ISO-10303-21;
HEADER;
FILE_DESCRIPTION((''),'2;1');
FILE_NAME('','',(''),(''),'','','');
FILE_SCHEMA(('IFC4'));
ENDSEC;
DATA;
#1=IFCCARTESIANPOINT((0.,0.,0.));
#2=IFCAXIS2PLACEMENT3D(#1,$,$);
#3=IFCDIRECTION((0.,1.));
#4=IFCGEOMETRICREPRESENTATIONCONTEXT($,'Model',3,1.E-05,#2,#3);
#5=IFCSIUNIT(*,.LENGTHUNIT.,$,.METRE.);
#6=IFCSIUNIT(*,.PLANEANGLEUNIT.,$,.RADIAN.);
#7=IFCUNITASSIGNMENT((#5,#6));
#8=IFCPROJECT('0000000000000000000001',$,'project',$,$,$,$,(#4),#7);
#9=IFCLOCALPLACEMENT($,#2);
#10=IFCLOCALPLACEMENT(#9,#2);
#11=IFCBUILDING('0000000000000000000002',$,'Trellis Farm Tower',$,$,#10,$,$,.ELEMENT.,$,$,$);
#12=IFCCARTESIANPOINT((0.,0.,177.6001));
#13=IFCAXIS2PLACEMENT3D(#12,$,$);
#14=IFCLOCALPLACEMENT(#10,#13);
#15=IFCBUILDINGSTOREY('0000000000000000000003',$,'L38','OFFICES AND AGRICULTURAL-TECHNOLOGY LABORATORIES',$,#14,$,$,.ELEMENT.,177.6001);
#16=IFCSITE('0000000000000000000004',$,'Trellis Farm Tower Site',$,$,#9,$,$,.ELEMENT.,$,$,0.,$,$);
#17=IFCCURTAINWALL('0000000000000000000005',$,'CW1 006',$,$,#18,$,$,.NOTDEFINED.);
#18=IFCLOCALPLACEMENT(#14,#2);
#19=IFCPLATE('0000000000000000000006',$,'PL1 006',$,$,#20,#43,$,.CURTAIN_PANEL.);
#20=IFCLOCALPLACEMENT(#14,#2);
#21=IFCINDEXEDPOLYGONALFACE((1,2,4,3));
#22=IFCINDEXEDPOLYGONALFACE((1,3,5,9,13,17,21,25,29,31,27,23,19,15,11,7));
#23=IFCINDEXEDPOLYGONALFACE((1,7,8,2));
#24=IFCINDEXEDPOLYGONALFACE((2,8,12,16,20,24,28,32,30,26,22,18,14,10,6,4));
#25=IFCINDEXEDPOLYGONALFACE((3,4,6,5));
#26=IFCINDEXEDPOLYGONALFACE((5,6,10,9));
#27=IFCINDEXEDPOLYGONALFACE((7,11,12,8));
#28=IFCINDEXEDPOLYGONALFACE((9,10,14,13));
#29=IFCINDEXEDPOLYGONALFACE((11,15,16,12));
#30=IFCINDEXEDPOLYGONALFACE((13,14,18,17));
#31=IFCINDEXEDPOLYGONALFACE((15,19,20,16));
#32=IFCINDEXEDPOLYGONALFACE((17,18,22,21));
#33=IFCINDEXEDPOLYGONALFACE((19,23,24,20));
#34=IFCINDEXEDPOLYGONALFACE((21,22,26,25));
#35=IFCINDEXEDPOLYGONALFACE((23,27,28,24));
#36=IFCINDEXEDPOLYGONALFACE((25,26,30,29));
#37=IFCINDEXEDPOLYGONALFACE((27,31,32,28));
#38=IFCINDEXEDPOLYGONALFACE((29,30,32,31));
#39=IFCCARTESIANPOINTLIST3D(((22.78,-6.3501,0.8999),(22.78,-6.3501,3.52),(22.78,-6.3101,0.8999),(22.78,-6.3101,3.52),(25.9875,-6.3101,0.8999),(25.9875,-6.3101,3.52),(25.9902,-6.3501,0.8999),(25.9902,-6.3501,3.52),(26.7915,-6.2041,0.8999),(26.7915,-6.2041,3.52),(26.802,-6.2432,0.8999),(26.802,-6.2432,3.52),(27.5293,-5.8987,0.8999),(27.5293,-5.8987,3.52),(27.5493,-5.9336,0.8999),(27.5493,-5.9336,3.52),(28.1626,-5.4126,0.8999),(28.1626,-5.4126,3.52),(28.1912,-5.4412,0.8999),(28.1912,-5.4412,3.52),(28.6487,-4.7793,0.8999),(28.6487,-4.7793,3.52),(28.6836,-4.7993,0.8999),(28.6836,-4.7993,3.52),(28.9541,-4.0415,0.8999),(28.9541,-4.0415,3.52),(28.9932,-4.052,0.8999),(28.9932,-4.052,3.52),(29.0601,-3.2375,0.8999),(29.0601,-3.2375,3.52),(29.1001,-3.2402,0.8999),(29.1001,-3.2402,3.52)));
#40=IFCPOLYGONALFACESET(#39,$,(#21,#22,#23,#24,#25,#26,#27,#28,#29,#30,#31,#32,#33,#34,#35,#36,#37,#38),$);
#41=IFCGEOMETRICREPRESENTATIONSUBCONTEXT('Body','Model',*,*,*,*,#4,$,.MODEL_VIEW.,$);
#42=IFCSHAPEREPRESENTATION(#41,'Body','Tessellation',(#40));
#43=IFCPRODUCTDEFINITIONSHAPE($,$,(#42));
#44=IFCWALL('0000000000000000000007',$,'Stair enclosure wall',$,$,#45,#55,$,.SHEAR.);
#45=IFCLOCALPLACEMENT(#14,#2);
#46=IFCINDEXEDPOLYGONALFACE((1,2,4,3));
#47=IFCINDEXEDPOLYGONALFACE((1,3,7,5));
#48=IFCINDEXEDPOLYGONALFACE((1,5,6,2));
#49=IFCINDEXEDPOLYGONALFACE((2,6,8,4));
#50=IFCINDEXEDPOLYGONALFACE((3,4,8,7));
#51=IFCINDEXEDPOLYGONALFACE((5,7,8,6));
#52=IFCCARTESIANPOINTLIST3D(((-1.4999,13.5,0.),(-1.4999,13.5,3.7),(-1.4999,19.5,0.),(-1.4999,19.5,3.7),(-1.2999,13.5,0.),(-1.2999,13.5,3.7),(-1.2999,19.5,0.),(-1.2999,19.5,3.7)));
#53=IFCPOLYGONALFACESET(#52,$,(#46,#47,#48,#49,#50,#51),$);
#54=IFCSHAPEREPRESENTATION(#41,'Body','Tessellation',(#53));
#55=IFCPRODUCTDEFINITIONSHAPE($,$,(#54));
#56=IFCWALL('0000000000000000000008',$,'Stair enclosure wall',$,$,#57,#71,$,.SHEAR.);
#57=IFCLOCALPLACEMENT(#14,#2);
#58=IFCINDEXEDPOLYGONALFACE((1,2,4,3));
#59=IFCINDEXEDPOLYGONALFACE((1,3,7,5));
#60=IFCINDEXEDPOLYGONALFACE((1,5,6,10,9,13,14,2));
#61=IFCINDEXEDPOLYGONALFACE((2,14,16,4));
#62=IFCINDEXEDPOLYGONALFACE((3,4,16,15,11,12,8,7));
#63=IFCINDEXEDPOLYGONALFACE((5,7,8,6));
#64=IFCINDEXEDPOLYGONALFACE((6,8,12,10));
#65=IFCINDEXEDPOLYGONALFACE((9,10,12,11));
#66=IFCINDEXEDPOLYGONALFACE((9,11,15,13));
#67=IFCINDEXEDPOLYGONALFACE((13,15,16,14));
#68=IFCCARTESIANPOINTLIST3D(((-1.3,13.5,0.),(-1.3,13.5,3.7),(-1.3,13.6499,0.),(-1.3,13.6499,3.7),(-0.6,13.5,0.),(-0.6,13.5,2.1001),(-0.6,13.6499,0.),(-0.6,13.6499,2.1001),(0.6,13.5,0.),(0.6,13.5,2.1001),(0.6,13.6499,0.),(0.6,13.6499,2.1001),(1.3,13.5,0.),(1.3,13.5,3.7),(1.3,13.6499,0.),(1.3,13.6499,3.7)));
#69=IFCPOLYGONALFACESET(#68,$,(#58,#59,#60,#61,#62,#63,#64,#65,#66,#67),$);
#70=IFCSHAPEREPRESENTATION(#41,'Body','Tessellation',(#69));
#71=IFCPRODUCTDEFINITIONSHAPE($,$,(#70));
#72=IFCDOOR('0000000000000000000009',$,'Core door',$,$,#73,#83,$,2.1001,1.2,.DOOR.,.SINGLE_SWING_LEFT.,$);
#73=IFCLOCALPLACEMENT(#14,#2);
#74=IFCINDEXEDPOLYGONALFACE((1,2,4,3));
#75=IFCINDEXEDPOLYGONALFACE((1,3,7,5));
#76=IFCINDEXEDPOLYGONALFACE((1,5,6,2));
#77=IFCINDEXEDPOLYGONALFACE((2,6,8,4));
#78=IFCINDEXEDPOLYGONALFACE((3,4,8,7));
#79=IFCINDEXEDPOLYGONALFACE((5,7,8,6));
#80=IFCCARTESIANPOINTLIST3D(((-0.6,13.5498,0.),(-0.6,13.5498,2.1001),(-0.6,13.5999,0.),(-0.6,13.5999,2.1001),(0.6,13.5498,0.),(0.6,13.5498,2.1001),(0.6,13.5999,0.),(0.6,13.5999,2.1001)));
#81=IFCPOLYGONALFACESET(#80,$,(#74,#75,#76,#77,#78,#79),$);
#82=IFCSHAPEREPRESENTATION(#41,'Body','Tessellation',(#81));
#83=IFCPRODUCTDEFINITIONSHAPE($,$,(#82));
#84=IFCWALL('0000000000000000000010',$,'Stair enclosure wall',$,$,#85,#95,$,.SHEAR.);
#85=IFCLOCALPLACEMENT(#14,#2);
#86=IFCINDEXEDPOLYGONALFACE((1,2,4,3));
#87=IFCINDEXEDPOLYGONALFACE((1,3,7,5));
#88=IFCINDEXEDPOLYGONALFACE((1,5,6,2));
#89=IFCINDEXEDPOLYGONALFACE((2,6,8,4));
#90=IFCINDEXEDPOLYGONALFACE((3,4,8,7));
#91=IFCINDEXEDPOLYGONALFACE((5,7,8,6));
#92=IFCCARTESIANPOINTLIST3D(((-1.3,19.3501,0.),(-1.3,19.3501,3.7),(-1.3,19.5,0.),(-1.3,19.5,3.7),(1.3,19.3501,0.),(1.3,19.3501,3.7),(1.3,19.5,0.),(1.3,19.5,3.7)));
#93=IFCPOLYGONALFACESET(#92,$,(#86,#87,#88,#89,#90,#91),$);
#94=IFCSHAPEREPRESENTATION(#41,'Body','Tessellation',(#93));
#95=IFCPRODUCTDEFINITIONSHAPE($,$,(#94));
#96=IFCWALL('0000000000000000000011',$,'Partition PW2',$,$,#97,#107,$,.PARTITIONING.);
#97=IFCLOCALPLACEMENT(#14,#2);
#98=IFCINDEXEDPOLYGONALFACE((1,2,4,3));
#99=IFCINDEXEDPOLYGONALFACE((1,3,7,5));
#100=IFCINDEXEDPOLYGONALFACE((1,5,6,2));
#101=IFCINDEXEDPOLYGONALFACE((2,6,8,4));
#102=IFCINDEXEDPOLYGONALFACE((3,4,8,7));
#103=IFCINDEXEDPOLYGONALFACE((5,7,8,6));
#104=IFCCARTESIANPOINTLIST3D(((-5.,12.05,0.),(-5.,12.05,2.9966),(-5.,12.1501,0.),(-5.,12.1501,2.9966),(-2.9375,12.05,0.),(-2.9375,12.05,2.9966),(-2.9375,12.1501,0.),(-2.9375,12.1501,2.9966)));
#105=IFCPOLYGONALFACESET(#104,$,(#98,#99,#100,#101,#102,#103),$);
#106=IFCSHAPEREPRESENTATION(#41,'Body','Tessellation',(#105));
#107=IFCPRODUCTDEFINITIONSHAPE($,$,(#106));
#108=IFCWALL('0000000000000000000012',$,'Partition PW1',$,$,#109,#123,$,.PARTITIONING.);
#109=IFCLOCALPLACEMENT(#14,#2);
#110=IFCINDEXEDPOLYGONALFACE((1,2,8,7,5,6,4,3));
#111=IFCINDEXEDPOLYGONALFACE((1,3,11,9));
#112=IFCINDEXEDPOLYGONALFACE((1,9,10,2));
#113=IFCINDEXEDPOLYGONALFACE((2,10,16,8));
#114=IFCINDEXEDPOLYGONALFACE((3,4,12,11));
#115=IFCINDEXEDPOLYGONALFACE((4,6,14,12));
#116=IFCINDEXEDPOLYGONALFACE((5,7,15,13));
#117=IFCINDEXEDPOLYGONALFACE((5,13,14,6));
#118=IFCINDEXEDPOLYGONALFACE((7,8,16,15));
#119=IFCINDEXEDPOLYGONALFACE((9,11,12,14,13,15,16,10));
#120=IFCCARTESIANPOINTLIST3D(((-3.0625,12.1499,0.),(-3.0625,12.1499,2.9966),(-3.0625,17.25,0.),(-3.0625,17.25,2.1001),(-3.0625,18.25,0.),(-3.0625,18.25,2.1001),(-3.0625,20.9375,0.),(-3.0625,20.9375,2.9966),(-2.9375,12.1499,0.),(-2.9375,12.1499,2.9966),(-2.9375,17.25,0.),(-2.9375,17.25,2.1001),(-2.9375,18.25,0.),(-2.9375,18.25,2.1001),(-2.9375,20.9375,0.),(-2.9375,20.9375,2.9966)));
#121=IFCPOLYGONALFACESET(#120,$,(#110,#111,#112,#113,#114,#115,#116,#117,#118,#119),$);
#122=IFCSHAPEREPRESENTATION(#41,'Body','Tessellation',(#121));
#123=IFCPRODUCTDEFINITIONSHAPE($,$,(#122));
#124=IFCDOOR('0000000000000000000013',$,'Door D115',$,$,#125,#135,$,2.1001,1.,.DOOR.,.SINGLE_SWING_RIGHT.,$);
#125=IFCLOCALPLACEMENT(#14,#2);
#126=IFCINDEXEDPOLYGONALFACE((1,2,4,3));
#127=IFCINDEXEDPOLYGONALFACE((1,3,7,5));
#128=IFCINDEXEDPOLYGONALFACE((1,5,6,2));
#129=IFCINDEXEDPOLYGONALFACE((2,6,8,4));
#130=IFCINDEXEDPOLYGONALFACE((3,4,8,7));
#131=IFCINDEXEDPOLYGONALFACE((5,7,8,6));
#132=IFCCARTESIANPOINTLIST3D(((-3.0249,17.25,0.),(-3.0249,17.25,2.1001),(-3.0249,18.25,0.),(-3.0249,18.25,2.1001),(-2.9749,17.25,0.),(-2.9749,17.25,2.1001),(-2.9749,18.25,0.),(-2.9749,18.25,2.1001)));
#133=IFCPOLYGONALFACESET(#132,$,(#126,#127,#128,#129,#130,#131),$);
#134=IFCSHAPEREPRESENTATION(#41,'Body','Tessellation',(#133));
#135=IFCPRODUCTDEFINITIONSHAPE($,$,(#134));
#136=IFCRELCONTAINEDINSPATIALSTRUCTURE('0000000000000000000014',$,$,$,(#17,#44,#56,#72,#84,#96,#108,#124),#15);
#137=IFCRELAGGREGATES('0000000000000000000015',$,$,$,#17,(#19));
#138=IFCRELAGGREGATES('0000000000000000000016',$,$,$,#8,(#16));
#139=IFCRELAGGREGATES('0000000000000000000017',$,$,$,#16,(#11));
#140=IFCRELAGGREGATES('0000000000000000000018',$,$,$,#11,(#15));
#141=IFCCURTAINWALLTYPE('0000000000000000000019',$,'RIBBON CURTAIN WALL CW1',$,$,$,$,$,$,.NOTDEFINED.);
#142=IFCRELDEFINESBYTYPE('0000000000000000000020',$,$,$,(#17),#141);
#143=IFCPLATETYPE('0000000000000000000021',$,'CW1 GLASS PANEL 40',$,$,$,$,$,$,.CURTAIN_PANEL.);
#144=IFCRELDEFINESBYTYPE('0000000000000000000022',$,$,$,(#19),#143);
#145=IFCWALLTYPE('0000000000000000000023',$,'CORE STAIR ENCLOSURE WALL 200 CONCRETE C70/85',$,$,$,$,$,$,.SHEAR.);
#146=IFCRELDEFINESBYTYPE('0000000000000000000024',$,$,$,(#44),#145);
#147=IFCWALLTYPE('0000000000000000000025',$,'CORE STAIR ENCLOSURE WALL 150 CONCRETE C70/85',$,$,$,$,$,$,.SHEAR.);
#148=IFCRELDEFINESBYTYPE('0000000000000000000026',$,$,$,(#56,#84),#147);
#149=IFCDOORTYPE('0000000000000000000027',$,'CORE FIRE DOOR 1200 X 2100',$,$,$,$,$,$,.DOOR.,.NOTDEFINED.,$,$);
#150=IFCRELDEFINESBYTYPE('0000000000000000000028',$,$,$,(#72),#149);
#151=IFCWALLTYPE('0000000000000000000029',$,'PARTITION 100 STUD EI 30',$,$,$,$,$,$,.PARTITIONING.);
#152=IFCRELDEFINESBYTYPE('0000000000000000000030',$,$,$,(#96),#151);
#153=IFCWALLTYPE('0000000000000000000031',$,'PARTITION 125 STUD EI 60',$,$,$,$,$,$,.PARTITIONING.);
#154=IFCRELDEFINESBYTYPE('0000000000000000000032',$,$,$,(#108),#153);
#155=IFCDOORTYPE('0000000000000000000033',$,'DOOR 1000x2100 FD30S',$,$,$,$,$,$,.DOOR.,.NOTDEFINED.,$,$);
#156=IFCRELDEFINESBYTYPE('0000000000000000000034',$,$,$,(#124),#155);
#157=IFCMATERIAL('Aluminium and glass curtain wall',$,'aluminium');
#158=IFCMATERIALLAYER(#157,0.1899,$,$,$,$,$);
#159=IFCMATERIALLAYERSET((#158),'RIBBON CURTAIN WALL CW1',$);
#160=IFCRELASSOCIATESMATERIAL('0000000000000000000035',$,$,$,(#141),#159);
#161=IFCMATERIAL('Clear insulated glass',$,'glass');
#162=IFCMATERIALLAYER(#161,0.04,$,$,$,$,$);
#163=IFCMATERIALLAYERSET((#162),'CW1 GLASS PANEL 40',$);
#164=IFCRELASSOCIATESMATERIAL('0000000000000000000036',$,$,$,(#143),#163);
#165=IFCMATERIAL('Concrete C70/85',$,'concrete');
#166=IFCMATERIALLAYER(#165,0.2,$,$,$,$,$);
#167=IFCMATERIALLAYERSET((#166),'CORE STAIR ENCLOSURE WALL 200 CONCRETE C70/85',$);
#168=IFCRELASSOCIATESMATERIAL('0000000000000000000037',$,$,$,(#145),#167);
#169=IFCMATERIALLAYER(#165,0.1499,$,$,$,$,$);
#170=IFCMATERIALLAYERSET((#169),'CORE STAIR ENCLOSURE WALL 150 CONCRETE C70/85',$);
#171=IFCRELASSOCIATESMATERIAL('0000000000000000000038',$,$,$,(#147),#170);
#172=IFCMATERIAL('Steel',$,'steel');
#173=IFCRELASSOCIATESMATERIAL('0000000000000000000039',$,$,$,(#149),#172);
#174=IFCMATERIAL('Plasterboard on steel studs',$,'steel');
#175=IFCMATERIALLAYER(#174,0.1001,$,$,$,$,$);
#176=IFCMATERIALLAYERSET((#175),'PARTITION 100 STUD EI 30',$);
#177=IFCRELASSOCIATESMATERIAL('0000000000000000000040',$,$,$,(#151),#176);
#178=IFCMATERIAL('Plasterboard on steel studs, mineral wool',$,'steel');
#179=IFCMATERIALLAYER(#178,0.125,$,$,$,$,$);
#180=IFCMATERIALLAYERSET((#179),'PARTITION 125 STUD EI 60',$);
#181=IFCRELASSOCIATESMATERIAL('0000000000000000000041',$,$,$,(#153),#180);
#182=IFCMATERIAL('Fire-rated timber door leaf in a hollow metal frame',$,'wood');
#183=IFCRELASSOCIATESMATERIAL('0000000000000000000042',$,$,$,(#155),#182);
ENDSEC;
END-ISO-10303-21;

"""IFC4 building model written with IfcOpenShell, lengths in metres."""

from ifc_helpers import new_model, si_unit, direction, frame, frame_2d, origin, place, context, subcontext, project, spatial, polyline, rectangle, outline, extrude, source, transform, mapped, material, layer, layer_set, type_object, element, fill, aggregate, save


model = new_model("IFC4")

# Units and contexts
model_context = context("Model", 3, precision=1e-05, world=origin(), true_north=direction((0.0, 1.0)))
body_context = subcontext(model_context, "Body", "Model", "MODEL_VIEW")
ifc_project = project(units=[si_unit("LENGTHUNIT", "METRE"), si_unit("PLANEANGLEUNIT", "RADIAN")], contexts=[model_context])

# Site, building, storey
site_placement = place(None, origin())
site = spatial("IfcSite", under=ifc_project, at=site_placement, Name="Trellis Farm Tower Site", CompositionType="ELEMENT", RefElevation=0.0)
building_placement = place(site_placement, origin())
building = spatial("IfcBuilding", under=site, at=building_placement, Name="Trellis Farm Tower", CompositionType="ELEMENT")
storey_placement = place(building_placement, frame((0.0, 0.0, 177.6001)))
storey = spatial("IfcBuildingStorey", under=building, at=storey_placement, Name="L38", Description="OFFICES AND AGRICULTURAL-TECHNOLOGY LABORATORIES", CompositionType="ELEMENT", Elevation=177.6001)

# Shared definitions
ifc_material_1 = material(Name="Concrete C70/85", Category="concrete")

# Curtain wall, plate
ifc_material_2 = material(Name="Aluminium and glass curtain wall", Category="aluminium")
ifc_layer_1 = layer(ifc_material_2, 0.1899)
ifc_layer_set_1 = layer_set([ifc_layer_1], Name="RIBBON CURTAIN WALL CW1")
curtain_wall_type = type_object("IfcCurtainWallType", Name="RIBBON CURTAIN WALL CW1", PredefinedType="NOTDEFINED", material=ifc_layer_set_1)
placement = place(storey_placement, origin())
curtain_wall = element("IfcCurtainWall", 1, at=placement, inside=storey, type_object=curtain_wall_type, Name="CW1 006", PredefinedType="NOTDEFINED")
ifc_material_3 = material(Name="Clear insulated glass", Category="glass")
ifc_layer_2 = layer(ifc_material_3, 0.04)
ifc_layer_set_2 = layer_set([ifc_layer_2], Name="CW1 GLASS PANEL 40")
plate_type = type_object("IfcPlateType", Name="CW1 GLASS PANEL 40", PredefinedType="CURTAIN_PANEL", material=ifc_layer_set_2)
shared_shape_1 = source(origin(), body_context, "Body", "SweptSolid", [
    extrude(outline(polyline([(22.78, -6.3501), (25.9902, -6.3501), (26.802, -6.2432), (27.5493, -5.9336), (28.1912, -5.4412), (28.6836, -4.7993), (28.9932, -4.052), (29.1001, -3.2402), (29.0601, -3.2375), (28.9541, -4.0415), (28.6487, -4.7793), (28.1626, -5.4126), (27.5293, -5.8987), (26.7915, -6.2041), (25.9875, -6.3101), (22.78, -6.3101), (22.78, -6.3501)])), origin(), (0.0, 0.0, 1.0), 2.6201),
])
plate_placement = place(storey_placement, frame((0.0, 0.0, 0.8999)))
plate = element("IfcPlate", 2, at=plate_placement, type_object=plate_type, Name="PL1 006", PredefinedType="CURTAIN_PANEL", context=body_context, shape_type="MappedRepresentation", body=[
    mapped(shared_shape_1, transform((0.0, 0.0, 0.0))),
])
aggregate(curtain_wall, [plate])

# Wall
ifc_layer_3 = layer(ifc_material_1, 0.2)
ifc_layer_set_3 = layer_set([ifc_layer_3], Name="CORE STAIR ENCLOSURE WALL 200 CONCRETE C70/85")
wall_type_1 = type_object("IfcWallType", Name="CORE STAIR ENCLOSURE WALL 200 CONCRETE C70/85", PredefinedType="SHEAR", material=ifc_layer_set_3)
shared_shape_2 = source(origin(), body_context, "Body", "SweptSolid", [
    extrude(rectangle(XDim=6.0, YDim=0.2, at=frame_2d((3.0, 0.0))), origin(), (0.0, 0.0, 1.0), 3.7),
])
wall_1_placement = place(storey_placement, frame((-1.3999, 13.5, 0.0), z_axis=(0.0, 0.0, 1.0), x_axis=(0.0, 1.0, 0.0)))
element("IfcWall", 3, at=wall_1_placement, inside=storey, type_object=wall_type_1, Name="Stair enclosure wall", PredefinedType="SHEAR", context=body_context, shape_type="MappedRepresentation", body=[
    mapped(shared_shape_2, transform((0.0, 0.0, 0.0))),
])

# Wall, opening, door
ifc_layer_4 = layer(ifc_material_1, 0.1499)
ifc_layer_set_4 = layer_set([ifc_layer_4], Name="CORE STAIR ENCLOSURE WALL 150 CONCRETE C70/85")
wall_type_2 = type_object("IfcWallType", Name="CORE STAIR ENCLOSURE WALL 150 CONCRETE C70/85", PredefinedType="SHEAR", material=ifc_layer_set_4)
shared_shape_3 = source(origin(), body_context, "Body", "SweptSolid", [
    extrude(rectangle(XDim=2.6001, YDim=0.1499, at=frame_2d((1.3, 0.0))), origin(), (0.0, 0.0, 1.0), 3.7),
])
wall_2_placement = place(storey_placement, frame((-1.3, 13.575, 0.0), z_axis=(0.0, 0.0, 1.0), x_axis=(1.0, 0.0, 0.0)))
wall_2 = element("IfcWall", 4, at=wall_2_placement, inside=storey, type_object=wall_type_2, Name="Stair enclosure wall", PredefinedType="SHEAR", context=body_context, shape_type="MappedRepresentation", body=[
    mapped(shared_shape_3, transform((0.0, 0.0, 0.0))),
])
shared_shape_4 = source(origin(), body_context, "Body", "SweptSolid", [
    extrude(rectangle(XDim=1.2, YDim=2.1001, at=frame_2d((0.6001, 1.05))), frame((0.0, 0.085, 0.0), z_axis=(0.0, -1.0, 0.0), x_axis=(1.0, 0.0, 0.0)), (0.0, 0.0, 1.0), 0.1699),
])
opening_1_placement = place(wall_2_placement, frame((0.7, 0.0, 0.0)))
opening_1 = element("IfcOpeningElement", 5, at=opening_1_placement, cuts=wall_2, PredefinedType="OPENING", context=body_context, shape_type="MappedRepresentation", body=[
    mapped(shared_shape_4, transform((0.0, 0.0, 0.0))),
])
ifc_material_4 = material(Name="Steel", Category="steel")
door_type_1 = type_object("IfcDoorType", Name="CORE FIRE DOOR 1200 X 2100", OperationType="NOTDEFINED", PredefinedType="DOOR", material=ifc_material_4)
shared_shape_5 = source(origin(), body_context, "Body", "SweptSolid", [
    extrude(rectangle(XDim=1.2, YDim=2.1001, at=frame_2d((0.6001, 1.05))), frame((0.0, 0.0249, 0.0), z_axis=(0.0, -1.0, 0.0), x_axis=(1.0, 0.0, 0.0)), (0.0, 0.0, 1.0), 0.05),
])
door_1_placement = place(opening_1_placement, origin())
door_1 = element("IfcDoor", 6, at=door_1_placement, inside=storey, type_object=door_type_1, Name="Core door", OperationType="SINGLE_SWING_LEFT", OverallHeight=2.1001, OverallWidth=1.2, PredefinedType="DOOR", context=body_context, shape_type="MappedRepresentation", body=[
    mapped(shared_shape_5, transform((0.0, 0.0, 0.0))),
])
fill(opening_1, door_1)

# Walls
wall_3_placement = place(storey_placement, frame((-1.3, 19.425, 0.0), z_axis=(0.0, 0.0, 1.0), x_axis=(1.0, 0.0, 0.0)))
element("IfcWall", 7, at=wall_3_placement, inside=storey, type_object=wall_type_2, Name="Stair enclosure wall", PredefinedType="SHEAR", context=body_context, shape_type="MappedRepresentation", body=[
    mapped(shared_shape_3, transform((0.0, 0.0, 0.0))),
])
ifc_material_5 = material(Name="Plasterboard on steel studs", Category="steel")
ifc_layer_5 = layer(ifc_material_5, 0.1001)
ifc_layer_set_5 = layer_set([ifc_layer_5], Name="PARTITION 100 STUD EI 30")
wall_type_3 = type_object("IfcWallType", Name="PARTITION 100 STUD EI 30", PredefinedType="PARTITIONING", material=ifc_layer_set_5)
shared_shape_6 = source(origin(), body_context, "Body", "SweptSolid", [
    extrude(rectangle(XDim=2.0625, YDim=0.1001, at=frame_2d((1.0312, 0.0))), origin(), (0.0, 0.0, 1.0), 2.9966),
])
wall_4_placement = place(storey_placement, frame((-5.0, 12.1001, 0.0), z_axis=(0.0, 0.0, 1.0), x_axis=(1.0, 0.0, 0.0)))
element("IfcWall", 8, at=wall_4_placement, inside=storey, type_object=wall_type_3, Name="Partition PW2", PredefinedType="PARTITIONING", context=body_context, shape_type="MappedRepresentation", body=[
    mapped(shared_shape_6, transform((0.0, 0.0, 0.0))),
])

# Wall, opening, door
ifc_material_6 = material(Name="Plasterboard on steel studs, mineral wool", Category="steel")
ifc_layer_6 = layer(ifc_material_6, 0.125)
ifc_layer_set_6 = layer_set([ifc_layer_6], Name="PARTITION 125 STUD EI 60")
wall_type_4 = type_object("IfcWallType", Name="PARTITION 125 STUD EI 60", PredefinedType="PARTITIONING", material=ifc_layer_set_6)
shared_shape_7 = source(origin(), body_context, "Body", "SweptSolid", [
    extrude(rectangle(XDim=8.7876, YDim=0.125, at=frame_2d((4.3938, 0.0))), origin(), (0.0, 0.0, 1.0), 2.9966),
])
wall_5_placement = place(storey_placement, frame((-3.0, 12.1499, 0.0), z_axis=(0.0, 0.0, 1.0), x_axis=(0.0, 1.0, 0.0)))
wall_5 = element("IfcWall", 9, at=wall_5_placement, inside=storey, type_object=wall_type_4, Name="Partition PW1", PredefinedType="PARTITIONING", context=body_context, shape_type="MappedRepresentation", body=[
    mapped(shared_shape_7, transform((0.0, 0.0, 0.0))),
])
shared_shape_8 = source(origin(), body_context, "Body", "SweptSolid", [
    extrude(rectangle(XDim=1.0, YDim=2.1001, at=frame_2d((0.5, 1.05))), frame((0.0, 0.0725, 0.0), z_axis=(0.0, -1.0, 0.0), x_axis=(1.0, 0.0, 0.0)), (0.0, 0.0, 1.0), 0.145),
])
opening_2_placement = place(wall_5_placement, frame((5.1001, 0.0, 0.0)))
opening_2 = element("IfcOpeningElement", 10, at=opening_2_placement, cuts=wall_5, PredefinedType="OPENING", context=body_context, shape_type="MappedRepresentation", body=[
    mapped(shared_shape_8, transform((0.0, 0.0, 0.0))),
])
ifc_material_7 = material(Name="Fire-rated timber door leaf in a hollow metal frame", Category="wood")
door_type_2 = type_object("IfcDoorType", Name="DOOR 1000x2100 FD30S", OperationType="NOTDEFINED", PredefinedType="DOOR", material=ifc_material_7)
shared_shape_9 = source(origin(), body_context, "Body", "SweptSolid", [
    extrude(rectangle(XDim=1.0, YDim=2.1001, at=frame_2d((0.5, 1.05))), frame((0.0, 0.0249, 0.0), z_axis=(0.0, -1.0, 0.0), x_axis=(1.0, 0.0, 0.0)), (0.0, 0.0, 1.0), 0.05),
])
door_2_placement = place(opening_2_placement, origin())
door_2 = element("IfcDoor", 11, at=door_2_placement, inside=storey, type_object=door_type_2, Name="Door D115", OperationType="SINGLE_SWING_RIGHT", OverallHeight=2.1001, OverallWidth=1.0, PredefinedType="DOOR", context=body_context, shape_type="MappedRepresentation", body=[
    mapped(shared_shape_9, transform((0.0, 0.0, 0.0))),
])
fill(opening_2, door_2)

save(model, "model.ifc")
